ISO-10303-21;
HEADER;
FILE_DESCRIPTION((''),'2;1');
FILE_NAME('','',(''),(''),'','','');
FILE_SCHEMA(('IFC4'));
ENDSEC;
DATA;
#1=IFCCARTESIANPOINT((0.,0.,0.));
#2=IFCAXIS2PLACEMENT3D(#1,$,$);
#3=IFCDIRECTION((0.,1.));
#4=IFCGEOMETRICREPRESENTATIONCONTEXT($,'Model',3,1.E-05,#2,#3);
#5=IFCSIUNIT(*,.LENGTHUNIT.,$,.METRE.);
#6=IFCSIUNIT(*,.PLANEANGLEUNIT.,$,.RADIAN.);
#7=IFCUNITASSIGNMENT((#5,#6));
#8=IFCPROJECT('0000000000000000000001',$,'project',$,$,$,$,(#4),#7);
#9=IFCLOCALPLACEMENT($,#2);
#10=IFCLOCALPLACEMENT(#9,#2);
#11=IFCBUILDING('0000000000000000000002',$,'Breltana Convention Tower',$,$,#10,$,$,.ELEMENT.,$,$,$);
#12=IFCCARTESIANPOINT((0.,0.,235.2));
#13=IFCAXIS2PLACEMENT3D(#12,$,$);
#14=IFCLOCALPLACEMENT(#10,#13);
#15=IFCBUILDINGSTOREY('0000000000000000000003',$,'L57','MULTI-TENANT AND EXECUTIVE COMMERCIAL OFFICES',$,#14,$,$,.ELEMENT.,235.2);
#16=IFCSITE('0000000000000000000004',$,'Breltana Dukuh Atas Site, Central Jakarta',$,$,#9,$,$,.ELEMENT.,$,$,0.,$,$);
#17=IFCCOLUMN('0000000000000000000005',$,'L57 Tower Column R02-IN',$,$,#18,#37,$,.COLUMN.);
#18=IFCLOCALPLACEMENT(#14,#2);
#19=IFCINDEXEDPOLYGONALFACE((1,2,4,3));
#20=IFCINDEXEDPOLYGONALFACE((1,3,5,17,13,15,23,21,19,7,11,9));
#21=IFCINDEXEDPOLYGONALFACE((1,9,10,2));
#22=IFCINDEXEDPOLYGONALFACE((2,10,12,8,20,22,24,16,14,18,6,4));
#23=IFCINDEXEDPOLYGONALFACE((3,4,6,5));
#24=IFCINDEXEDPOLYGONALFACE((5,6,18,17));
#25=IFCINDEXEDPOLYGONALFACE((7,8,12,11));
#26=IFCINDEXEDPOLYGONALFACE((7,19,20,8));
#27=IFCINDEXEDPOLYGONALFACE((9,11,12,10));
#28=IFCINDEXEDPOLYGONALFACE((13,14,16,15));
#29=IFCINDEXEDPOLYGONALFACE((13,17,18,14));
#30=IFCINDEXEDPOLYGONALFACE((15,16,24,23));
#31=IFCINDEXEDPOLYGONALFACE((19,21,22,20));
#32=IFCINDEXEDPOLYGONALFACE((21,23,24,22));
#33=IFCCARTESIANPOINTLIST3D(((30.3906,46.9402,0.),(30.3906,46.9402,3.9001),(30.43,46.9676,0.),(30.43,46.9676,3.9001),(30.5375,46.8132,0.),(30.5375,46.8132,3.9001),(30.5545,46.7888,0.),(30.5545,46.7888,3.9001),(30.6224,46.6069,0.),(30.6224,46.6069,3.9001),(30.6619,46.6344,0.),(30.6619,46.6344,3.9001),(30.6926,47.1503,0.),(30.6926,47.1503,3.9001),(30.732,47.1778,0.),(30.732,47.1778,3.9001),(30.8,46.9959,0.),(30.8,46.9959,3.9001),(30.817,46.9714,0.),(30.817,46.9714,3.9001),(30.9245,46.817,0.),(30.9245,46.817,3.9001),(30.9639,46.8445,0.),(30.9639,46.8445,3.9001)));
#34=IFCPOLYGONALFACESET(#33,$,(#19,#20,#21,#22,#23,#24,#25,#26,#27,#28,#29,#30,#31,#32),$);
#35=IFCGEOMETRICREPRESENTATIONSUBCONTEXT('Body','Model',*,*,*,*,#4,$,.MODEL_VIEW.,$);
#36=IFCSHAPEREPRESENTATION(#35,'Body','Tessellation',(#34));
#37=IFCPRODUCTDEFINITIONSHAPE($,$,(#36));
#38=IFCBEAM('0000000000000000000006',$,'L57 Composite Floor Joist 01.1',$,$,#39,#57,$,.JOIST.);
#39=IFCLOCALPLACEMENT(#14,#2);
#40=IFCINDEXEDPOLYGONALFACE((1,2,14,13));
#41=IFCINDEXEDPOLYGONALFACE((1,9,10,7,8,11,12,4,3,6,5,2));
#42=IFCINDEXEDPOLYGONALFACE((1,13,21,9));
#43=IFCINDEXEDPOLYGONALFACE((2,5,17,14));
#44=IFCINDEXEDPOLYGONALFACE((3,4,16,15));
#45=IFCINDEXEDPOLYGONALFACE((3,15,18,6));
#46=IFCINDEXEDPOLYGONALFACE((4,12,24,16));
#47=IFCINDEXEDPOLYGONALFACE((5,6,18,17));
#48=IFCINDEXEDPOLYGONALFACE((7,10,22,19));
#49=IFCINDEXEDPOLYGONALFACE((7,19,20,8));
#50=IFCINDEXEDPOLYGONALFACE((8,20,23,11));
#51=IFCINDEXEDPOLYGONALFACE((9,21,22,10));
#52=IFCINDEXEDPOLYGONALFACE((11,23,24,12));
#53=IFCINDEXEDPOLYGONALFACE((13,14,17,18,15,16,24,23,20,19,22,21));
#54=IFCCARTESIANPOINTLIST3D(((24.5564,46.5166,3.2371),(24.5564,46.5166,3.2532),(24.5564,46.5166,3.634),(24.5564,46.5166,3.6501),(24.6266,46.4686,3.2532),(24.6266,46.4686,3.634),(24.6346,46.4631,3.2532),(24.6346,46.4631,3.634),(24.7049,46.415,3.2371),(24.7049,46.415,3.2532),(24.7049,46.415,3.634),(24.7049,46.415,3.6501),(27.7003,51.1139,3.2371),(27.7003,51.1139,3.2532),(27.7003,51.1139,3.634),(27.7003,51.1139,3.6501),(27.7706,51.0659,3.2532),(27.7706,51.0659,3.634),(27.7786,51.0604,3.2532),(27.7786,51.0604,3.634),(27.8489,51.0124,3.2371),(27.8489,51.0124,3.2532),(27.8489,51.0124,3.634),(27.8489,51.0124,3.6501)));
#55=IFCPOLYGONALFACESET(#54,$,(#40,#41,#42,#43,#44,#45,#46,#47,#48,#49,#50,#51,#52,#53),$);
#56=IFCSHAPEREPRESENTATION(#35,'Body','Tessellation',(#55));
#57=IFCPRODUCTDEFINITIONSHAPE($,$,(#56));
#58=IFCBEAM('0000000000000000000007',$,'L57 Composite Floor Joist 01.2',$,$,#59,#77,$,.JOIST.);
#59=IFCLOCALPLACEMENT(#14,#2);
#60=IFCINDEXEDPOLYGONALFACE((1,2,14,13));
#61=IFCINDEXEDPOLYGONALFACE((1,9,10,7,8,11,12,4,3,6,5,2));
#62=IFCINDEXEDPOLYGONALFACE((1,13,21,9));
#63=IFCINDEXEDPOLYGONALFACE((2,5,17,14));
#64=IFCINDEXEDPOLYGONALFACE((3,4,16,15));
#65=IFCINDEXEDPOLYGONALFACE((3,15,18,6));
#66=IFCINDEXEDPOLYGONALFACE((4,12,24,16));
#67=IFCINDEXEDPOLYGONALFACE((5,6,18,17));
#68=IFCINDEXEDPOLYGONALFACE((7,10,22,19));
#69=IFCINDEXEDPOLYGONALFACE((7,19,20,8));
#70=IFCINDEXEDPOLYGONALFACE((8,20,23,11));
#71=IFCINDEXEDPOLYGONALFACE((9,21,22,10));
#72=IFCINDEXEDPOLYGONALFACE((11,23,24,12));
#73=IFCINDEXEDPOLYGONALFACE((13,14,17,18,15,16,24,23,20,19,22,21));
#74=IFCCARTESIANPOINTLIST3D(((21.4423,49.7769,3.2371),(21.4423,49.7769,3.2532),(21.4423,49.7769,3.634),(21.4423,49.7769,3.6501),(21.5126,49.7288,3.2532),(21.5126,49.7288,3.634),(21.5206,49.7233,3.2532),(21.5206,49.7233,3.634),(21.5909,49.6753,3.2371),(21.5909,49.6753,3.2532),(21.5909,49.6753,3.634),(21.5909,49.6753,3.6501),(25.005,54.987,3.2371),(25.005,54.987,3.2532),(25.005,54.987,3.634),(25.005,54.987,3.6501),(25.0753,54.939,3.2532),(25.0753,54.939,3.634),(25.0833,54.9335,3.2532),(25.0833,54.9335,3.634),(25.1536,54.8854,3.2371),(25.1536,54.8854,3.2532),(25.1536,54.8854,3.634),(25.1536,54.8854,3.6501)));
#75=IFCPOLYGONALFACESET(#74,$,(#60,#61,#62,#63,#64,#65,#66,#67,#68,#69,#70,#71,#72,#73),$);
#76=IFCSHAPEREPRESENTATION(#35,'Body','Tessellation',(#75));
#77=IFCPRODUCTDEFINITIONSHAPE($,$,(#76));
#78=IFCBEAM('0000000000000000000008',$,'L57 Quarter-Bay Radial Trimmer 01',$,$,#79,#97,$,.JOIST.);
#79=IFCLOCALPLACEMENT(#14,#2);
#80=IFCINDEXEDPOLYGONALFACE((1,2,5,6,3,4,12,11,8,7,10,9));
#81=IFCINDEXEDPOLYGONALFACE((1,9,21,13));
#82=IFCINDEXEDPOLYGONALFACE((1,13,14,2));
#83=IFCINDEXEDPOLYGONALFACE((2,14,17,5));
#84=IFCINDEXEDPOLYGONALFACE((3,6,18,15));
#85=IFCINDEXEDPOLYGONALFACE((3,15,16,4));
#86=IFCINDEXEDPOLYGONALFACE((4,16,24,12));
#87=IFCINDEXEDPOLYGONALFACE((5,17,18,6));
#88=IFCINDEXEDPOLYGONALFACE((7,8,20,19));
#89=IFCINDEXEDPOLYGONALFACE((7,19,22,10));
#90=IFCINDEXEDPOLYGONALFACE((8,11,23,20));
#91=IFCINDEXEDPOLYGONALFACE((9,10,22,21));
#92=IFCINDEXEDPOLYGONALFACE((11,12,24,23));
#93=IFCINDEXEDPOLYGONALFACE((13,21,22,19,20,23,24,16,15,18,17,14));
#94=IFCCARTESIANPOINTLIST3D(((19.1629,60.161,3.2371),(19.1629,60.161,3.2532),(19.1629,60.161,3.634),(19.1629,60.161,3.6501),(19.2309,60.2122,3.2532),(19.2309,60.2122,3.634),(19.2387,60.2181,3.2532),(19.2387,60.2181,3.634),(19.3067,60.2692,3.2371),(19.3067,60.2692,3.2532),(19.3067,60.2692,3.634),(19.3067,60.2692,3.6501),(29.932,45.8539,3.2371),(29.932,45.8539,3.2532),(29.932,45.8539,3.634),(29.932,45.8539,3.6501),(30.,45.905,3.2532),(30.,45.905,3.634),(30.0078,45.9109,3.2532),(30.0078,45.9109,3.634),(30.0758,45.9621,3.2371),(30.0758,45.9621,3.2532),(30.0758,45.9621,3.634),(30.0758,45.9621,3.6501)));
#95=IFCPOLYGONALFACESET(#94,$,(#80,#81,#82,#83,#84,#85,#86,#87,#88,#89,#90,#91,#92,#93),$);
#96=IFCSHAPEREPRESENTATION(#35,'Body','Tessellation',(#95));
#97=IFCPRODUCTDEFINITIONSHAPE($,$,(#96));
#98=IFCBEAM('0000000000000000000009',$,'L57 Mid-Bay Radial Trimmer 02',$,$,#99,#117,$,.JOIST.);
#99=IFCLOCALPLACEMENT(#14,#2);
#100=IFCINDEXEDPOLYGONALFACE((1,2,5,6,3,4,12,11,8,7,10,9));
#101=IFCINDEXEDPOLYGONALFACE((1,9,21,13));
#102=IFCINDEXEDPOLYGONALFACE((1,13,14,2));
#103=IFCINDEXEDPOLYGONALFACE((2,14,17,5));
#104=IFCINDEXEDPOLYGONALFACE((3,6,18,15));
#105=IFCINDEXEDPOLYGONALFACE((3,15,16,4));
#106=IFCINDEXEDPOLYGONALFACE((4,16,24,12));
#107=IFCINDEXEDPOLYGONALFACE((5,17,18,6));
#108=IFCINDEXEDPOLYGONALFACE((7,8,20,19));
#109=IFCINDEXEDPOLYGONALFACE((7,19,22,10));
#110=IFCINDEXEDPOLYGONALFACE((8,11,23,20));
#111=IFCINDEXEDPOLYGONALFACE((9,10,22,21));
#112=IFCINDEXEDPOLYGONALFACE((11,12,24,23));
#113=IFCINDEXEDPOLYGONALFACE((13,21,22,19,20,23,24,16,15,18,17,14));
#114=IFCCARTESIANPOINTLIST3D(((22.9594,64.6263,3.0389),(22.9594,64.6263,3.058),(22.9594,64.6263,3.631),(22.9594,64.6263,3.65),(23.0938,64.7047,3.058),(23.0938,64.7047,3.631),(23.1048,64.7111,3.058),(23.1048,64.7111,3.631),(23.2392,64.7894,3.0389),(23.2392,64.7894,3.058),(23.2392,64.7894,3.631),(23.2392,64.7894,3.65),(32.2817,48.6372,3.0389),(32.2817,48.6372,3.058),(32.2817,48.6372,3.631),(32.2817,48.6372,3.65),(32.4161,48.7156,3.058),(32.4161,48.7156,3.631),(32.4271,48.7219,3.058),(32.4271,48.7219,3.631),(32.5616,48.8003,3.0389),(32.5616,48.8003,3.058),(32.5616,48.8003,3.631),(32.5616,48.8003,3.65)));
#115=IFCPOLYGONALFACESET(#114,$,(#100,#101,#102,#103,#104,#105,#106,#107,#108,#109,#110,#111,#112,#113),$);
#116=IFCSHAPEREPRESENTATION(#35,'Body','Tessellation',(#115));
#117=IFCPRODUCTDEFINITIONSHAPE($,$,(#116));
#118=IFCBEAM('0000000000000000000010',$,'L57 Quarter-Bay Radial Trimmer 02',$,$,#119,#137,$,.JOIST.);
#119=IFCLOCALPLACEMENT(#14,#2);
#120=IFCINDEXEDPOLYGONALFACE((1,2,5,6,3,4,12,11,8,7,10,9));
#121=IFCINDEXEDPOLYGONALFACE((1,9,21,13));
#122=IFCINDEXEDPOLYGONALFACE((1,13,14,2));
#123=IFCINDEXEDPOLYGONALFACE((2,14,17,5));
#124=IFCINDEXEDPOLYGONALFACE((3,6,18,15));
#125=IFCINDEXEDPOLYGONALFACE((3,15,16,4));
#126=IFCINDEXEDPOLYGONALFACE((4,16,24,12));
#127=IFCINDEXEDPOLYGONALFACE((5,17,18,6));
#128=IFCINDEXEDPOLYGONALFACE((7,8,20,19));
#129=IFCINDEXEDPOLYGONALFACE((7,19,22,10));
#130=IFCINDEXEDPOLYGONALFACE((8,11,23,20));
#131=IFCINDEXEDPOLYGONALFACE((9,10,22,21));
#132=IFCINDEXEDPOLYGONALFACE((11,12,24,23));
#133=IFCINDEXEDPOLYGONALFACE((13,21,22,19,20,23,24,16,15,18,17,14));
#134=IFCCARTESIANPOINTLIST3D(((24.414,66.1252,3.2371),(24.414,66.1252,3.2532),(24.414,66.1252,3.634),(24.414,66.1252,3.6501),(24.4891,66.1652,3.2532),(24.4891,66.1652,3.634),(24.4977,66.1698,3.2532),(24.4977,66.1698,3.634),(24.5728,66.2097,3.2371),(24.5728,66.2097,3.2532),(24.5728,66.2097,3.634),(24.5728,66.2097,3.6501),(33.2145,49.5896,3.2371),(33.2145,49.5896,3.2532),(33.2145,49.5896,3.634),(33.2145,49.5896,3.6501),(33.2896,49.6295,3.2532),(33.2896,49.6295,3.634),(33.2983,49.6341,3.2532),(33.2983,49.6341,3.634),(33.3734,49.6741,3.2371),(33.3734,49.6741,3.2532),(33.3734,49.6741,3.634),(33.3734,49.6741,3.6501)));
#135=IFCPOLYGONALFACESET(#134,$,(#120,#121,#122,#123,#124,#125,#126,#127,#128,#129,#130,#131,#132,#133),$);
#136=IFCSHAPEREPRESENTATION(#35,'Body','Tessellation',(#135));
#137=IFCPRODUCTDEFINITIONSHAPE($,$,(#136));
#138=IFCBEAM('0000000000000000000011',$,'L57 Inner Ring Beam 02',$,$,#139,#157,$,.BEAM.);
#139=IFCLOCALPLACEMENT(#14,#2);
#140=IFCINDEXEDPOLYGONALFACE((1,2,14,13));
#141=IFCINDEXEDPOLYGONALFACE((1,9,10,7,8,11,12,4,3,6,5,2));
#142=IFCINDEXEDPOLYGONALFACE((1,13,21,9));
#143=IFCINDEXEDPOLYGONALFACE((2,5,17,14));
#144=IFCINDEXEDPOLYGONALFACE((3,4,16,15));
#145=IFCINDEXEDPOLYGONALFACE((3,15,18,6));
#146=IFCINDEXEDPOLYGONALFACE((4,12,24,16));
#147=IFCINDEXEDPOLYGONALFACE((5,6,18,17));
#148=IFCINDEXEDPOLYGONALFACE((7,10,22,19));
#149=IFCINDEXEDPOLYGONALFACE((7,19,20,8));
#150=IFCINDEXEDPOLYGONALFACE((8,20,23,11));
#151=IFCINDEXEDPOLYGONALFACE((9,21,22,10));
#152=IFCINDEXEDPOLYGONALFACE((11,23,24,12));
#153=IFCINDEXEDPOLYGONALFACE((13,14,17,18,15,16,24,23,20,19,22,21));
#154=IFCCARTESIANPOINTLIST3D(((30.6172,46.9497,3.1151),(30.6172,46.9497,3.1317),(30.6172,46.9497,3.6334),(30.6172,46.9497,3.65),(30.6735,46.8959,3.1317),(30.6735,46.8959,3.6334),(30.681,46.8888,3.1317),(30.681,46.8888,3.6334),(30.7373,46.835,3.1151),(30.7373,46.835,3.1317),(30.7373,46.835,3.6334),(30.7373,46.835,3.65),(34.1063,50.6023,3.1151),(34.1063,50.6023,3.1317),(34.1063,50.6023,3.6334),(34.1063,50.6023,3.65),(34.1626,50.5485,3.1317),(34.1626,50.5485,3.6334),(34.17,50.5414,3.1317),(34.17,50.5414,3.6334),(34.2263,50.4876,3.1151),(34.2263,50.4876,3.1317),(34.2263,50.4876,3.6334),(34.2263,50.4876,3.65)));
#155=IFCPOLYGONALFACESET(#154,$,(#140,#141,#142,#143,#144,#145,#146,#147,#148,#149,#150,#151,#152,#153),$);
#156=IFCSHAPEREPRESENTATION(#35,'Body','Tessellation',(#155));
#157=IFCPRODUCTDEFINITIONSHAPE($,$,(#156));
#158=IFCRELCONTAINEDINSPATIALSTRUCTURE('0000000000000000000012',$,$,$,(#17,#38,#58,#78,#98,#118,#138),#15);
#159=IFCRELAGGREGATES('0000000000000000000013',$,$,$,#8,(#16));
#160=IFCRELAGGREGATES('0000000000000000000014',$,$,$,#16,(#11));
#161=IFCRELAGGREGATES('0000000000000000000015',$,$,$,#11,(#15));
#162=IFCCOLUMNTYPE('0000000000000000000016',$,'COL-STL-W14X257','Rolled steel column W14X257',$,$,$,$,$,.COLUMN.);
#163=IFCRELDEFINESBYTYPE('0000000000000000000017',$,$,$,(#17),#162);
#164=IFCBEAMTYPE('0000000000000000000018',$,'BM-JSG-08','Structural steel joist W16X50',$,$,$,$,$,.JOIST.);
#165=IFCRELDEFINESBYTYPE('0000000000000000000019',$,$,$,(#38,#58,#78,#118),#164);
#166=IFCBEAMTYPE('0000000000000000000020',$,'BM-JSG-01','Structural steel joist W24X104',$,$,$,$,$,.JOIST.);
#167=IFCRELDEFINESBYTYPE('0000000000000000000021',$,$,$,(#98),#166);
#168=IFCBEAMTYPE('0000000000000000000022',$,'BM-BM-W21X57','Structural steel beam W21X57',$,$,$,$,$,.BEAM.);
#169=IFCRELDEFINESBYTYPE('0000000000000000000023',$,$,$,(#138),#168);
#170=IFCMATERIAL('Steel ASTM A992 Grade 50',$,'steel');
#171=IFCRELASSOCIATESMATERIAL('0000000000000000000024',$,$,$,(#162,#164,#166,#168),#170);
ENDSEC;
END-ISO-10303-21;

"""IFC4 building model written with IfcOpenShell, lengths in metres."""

from ifc_helpers import new_model, si_unit, direction, frame, origin, origin_2d, place, context, subcontext, project, spatial, i_section, extrude, source, transform, mapped, material, material_profile, profile_set, type_object, element, save


model = new_model("IFC4")

# Units and contexts
model_context = context("Model", 3, precision=1e-05, world=origin(), true_north=direction((0.0, 1.0)))
body_context = subcontext(model_context, "Body", "Model", "MODEL_VIEW")
ifc_project = project(units=[si_unit("LENGTHUNIT", "METRE"), si_unit("PLANEANGLEUNIT", "RADIAN")], contexts=[model_context])

# Site, building, storey
site_placement = place(None, origin())
site = spatial("IfcSite", under=ifc_project, at=site_placement, Name="Breltana Dukuh Atas Site, Central Jakarta", CompositionType="ELEMENT", RefElevation=0.0)
building_placement = place(site_placement, origin())
building = spatial("IfcBuilding", under=site, at=building_placement, Name="Breltana Convention Tower", CompositionType="ELEMENT")
storey_placement = place(building_placement, frame((0.0, 0.0, 235.2)))
storey = spatial("IfcBuildingStorey", under=building, at=storey_placement, Name="L57", Description="MULTI-TENANT AND EXECUTIVE COMMERCIAL OFFICES", CompositionType="ELEMENT", Elevation=235.2)

# Column
ifc_material_1 = material(Name="Steel ASTM A992 Grade 50", Category="steel")
ifc_material_profile_1 = material_profile(ifc_material_1, i_section(OverallWidth=0.406, OverallDepth=0.416, WebThickness=0.0298, FlangeThickness=0.0481, at=origin_2d()), Name="W14X257")
ifc_profile_set_1 = profile_set([ifc_material_profile_1], Name="Steel ASTM A992 Grade 50")
column_type = type_object("IfcColumnType", Name="COL-STL-W14X257", Description="Rolled steel column W14X257", PredefinedType="COLUMN", material=ifc_profile_set_1)
shared_shape_1 = source(origin(), body_context, "Body", "SweptSolid", [
    extrude(i_section(OverallWidth=0.406, OverallDepth=0.416, WebThickness=0.0298, FlangeThickness=0.0481, at=origin_2d()), origin(), (0.0, 0.0, 1.0), 3.9001),
])
column_placement = place(storey_placement, frame((30.6772, 46.8923, 0.0), z_axis=(0.0, 0.0, 1.0), x_axis=(-0.571143, 0.82085, 0.0)))
element("IfcColumn", 1, at=column_placement, inside=storey, type_object=column_type, Name="L57 Tower Column R02-IN", PredefinedType="COLUMN", context=body_context, shape_type="MappedRepresentation", body=[
    mapped(shared_shape_1, transform((0.0, 0.0, 0.0), scale=1.0)),
])

# Beams
ifc_material_profile_2 = material_profile(ifc_material_1, i_section(OverallWidth=0.1799, OverallDepth=0.4131, WebThickness=0.0098, FlangeThickness=0.0161, at=origin_2d()), Name="W16X50")
ifc_profile_set_2 = profile_set([ifc_material_profile_2], Name="Steel ASTM A992 Grade 50")
beam_type_1 = type_object("IfcBeamType", Name="BM-JSG-08", Description="Structural steel joist W16X50", PredefinedType="JOIST", material=ifc_profile_set_2)
shared_shape_2 = source(origin(), body_context, "Body", "SweptSolid", [
    extrude(i_section(OverallWidth=0.1799, OverallDepth=0.4131, WebThickness=0.0098, FlangeThickness=0.0161, at=origin_2d()), origin(), (0.0, 0.0, 1.0), 5.5696),
])
beam_1_placement = place(storey_placement, frame((24.6306, 46.4658, 3.4436), z_axis=(0.564494, 0.825437, 0.0), x_axis=(-0.825437, 0.564494, 0.0)))
element("IfcBeam", 2, at=beam_1_placement, inside=storey, type_object=beam_type_1, Name="L57 Composite Floor Joist 01.1", PredefinedType="JOIST", context=body_context, shape_type="MappedRepresentation", body=[
    mapped(shared_shape_2, transform((0.0, 0.0, 0.0), scale=1.0)),
])
shared_shape_3 = source(origin(), body_context, "Body", "SweptSolid", [
    extrude(i_section(OverallWidth=0.1799, OverallDepth=0.4131, WebThickness=0.0098, FlangeThickness=0.0161, at=origin_2d()), origin(), (0.0, 0.0, 1.0), 6.3118),
])
beam_2_placement = place(storey_placement, frame((21.5166, 49.7261, 3.4436), z_axis=(0.564454, 0.825465, 0.0), x_axis=(-0.825465, 0.564454, 0.0)))
element("IfcBeam", 3, at=beam_2_placement, inside=storey, type_object=beam_type_1, Name="L57 Composite Floor Joist 01.2", PredefinedType="JOIST", context=body_context, shape_type="MappedRepresentation", body=[
    mapped(shared_shape_3, transform((0.0, 0.0, 0.0), scale=1.0)),
])
shared_shape_4 = source(origin(), body_context, "Body", "SweptSolid", [
    extrude(i_section(OverallWidth=0.1799, OverallDepth=0.4131, WebThickness=0.0098, FlangeThickness=0.0161, at=origin_2d()), origin(), (0.0, 0.0, 1.0), 17.9072),
])
beam_3_placement = place(storey_placement, frame((30.0039, 45.908, 3.4436), z_axis=(-0.601382, 0.798962, 0.0), x_axis=(-0.798962, -0.601382, 0.0)))
element("IfcBeam", 4, at=beam_3_placement, inside=storey, type_object=beam_type_1, Name="L57 Quarter-Bay Radial Trimmer 01", PredefinedType="JOIST", context=body_context, shape_type="MappedRepresentation", body=[
    mapped(shared_shape_4, transform((0.0, 0.0, 0.0), scale=1.0)),
])
ifc_material_profile_3 = material_profile(ifc_material_1, i_section(OverallWidth=0.324, OverallDepth=0.6111, WebThickness=0.0127, FlangeThickness=0.019, at=origin_2d()), Name="W24X104")
ifc_profile_set_3 = profile_set([ifc_material_profile_3], Name="Steel ASTM A992 Grade 50")
beam_type_2 = type_object("IfcBeamType", Name="BM-JSG-01", Description="Structural steel joist W24X104", PredefinedType="JOIST", material=ifc_profile_set_3)
shared_shape_5 = source(origin(), body_context, "Body", "SweptSolid", [
    extrude(i_section(OverallWidth=0.324, OverallDepth=0.6111, WebThickness=0.0127, FlangeThickness=0.019, at=origin_2d()), origin(), (0.0, 0.0, 1.0), 18.5083),
])
beam_4_placement = place(storey_placement, frame((32.4216, 48.7188, 3.3445), z_axis=(-0.503683, 0.863888, 0.0), x_axis=(-0.863888, -0.503683, 0.0)))
element("IfcBeam", 5, at=beam_4_placement, inside=storey, type_object=beam_type_2, Name="L57 Mid-Bay Radial Trimmer 02", PredefinedType="JOIST", context=body_context, shape_type="MappedRepresentation", body=[
    mapped(shared_shape_5, transform((0.0, 0.0, 0.0), scale=1.0)),
])
shared_shape_6 = source(origin(), body_context, "Body", "SweptSolid", [
    extrude(i_section(OverallWidth=0.1799, OverallDepth=0.4131, WebThickness=0.0098, FlangeThickness=0.0161, at=origin_2d()), origin(), (0.0, 0.0, 1.0), 18.7317),
])
beam_5_placement = place(storey_placement, frame((33.2939, 49.6318, 3.4436), z_axis=(-0.46982, 0.882762, 0.0), x_axis=(-0.882762, -0.46982, 0.0)))
element("IfcBeam", 6, at=beam_5_placement, inside=storey, type_object=beam_type_1, Name="L57 Quarter-Bay Radial Trimmer 02", PredefinedType="JOIST", context=body_context, shape_type="MappedRepresentation", body=[
    mapped(shared_shape_6, transform((0.0, 0.0, 0.0), scale=1.0)),
])
ifc_material_profile_4 = material_profile(ifc_material_1, i_section(OverallWidth=0.166, OverallDepth=0.5349, WebThickness=0.0103, FlangeThickness=0.0166, at=origin_2d()), Name="W21X57")
ifc_profile_set_4 = profile_set([ifc_material_profile_4], Name="Steel ASTM A992 Grade 50")
beam_type_3 = type_object("IfcBeamType", Name="BM-BM-W21X57", Description="Structural steel beam W21X57", PredefinedType="BEAM", material=ifc_profile_set_4)
shared_shape_7 = source(origin(), body_context, "Body", "SweptSolid", [
    extrude(i_section(OverallWidth=0.166, OverallDepth=0.5349, WebThickness=0.0103, FlangeThickness=0.0166, at=origin_2d()), origin(), (0.0, 0.0, 1.0), 5.0513),
])
beam_6_placement = place(storey_placement, frame((30.6772, 46.8923, 3.3826), z_axis=(0.69073, 0.723113, 0.0), x_axis=(-0.723113, 0.69073, 0.0)))
element("IfcBeam", 7, at=beam_6_placement, inside=storey, type_object=beam_type_3, Name="L57 Inner Ring Beam 02", PredefinedType="BEAM", context=body_context, shape_type="MappedRepresentation", body=[
    mapped(shared_shape_7, transform((0.0, 0.0, 0.0), scale=1.0)),
])

save(model, "model.ifc")
